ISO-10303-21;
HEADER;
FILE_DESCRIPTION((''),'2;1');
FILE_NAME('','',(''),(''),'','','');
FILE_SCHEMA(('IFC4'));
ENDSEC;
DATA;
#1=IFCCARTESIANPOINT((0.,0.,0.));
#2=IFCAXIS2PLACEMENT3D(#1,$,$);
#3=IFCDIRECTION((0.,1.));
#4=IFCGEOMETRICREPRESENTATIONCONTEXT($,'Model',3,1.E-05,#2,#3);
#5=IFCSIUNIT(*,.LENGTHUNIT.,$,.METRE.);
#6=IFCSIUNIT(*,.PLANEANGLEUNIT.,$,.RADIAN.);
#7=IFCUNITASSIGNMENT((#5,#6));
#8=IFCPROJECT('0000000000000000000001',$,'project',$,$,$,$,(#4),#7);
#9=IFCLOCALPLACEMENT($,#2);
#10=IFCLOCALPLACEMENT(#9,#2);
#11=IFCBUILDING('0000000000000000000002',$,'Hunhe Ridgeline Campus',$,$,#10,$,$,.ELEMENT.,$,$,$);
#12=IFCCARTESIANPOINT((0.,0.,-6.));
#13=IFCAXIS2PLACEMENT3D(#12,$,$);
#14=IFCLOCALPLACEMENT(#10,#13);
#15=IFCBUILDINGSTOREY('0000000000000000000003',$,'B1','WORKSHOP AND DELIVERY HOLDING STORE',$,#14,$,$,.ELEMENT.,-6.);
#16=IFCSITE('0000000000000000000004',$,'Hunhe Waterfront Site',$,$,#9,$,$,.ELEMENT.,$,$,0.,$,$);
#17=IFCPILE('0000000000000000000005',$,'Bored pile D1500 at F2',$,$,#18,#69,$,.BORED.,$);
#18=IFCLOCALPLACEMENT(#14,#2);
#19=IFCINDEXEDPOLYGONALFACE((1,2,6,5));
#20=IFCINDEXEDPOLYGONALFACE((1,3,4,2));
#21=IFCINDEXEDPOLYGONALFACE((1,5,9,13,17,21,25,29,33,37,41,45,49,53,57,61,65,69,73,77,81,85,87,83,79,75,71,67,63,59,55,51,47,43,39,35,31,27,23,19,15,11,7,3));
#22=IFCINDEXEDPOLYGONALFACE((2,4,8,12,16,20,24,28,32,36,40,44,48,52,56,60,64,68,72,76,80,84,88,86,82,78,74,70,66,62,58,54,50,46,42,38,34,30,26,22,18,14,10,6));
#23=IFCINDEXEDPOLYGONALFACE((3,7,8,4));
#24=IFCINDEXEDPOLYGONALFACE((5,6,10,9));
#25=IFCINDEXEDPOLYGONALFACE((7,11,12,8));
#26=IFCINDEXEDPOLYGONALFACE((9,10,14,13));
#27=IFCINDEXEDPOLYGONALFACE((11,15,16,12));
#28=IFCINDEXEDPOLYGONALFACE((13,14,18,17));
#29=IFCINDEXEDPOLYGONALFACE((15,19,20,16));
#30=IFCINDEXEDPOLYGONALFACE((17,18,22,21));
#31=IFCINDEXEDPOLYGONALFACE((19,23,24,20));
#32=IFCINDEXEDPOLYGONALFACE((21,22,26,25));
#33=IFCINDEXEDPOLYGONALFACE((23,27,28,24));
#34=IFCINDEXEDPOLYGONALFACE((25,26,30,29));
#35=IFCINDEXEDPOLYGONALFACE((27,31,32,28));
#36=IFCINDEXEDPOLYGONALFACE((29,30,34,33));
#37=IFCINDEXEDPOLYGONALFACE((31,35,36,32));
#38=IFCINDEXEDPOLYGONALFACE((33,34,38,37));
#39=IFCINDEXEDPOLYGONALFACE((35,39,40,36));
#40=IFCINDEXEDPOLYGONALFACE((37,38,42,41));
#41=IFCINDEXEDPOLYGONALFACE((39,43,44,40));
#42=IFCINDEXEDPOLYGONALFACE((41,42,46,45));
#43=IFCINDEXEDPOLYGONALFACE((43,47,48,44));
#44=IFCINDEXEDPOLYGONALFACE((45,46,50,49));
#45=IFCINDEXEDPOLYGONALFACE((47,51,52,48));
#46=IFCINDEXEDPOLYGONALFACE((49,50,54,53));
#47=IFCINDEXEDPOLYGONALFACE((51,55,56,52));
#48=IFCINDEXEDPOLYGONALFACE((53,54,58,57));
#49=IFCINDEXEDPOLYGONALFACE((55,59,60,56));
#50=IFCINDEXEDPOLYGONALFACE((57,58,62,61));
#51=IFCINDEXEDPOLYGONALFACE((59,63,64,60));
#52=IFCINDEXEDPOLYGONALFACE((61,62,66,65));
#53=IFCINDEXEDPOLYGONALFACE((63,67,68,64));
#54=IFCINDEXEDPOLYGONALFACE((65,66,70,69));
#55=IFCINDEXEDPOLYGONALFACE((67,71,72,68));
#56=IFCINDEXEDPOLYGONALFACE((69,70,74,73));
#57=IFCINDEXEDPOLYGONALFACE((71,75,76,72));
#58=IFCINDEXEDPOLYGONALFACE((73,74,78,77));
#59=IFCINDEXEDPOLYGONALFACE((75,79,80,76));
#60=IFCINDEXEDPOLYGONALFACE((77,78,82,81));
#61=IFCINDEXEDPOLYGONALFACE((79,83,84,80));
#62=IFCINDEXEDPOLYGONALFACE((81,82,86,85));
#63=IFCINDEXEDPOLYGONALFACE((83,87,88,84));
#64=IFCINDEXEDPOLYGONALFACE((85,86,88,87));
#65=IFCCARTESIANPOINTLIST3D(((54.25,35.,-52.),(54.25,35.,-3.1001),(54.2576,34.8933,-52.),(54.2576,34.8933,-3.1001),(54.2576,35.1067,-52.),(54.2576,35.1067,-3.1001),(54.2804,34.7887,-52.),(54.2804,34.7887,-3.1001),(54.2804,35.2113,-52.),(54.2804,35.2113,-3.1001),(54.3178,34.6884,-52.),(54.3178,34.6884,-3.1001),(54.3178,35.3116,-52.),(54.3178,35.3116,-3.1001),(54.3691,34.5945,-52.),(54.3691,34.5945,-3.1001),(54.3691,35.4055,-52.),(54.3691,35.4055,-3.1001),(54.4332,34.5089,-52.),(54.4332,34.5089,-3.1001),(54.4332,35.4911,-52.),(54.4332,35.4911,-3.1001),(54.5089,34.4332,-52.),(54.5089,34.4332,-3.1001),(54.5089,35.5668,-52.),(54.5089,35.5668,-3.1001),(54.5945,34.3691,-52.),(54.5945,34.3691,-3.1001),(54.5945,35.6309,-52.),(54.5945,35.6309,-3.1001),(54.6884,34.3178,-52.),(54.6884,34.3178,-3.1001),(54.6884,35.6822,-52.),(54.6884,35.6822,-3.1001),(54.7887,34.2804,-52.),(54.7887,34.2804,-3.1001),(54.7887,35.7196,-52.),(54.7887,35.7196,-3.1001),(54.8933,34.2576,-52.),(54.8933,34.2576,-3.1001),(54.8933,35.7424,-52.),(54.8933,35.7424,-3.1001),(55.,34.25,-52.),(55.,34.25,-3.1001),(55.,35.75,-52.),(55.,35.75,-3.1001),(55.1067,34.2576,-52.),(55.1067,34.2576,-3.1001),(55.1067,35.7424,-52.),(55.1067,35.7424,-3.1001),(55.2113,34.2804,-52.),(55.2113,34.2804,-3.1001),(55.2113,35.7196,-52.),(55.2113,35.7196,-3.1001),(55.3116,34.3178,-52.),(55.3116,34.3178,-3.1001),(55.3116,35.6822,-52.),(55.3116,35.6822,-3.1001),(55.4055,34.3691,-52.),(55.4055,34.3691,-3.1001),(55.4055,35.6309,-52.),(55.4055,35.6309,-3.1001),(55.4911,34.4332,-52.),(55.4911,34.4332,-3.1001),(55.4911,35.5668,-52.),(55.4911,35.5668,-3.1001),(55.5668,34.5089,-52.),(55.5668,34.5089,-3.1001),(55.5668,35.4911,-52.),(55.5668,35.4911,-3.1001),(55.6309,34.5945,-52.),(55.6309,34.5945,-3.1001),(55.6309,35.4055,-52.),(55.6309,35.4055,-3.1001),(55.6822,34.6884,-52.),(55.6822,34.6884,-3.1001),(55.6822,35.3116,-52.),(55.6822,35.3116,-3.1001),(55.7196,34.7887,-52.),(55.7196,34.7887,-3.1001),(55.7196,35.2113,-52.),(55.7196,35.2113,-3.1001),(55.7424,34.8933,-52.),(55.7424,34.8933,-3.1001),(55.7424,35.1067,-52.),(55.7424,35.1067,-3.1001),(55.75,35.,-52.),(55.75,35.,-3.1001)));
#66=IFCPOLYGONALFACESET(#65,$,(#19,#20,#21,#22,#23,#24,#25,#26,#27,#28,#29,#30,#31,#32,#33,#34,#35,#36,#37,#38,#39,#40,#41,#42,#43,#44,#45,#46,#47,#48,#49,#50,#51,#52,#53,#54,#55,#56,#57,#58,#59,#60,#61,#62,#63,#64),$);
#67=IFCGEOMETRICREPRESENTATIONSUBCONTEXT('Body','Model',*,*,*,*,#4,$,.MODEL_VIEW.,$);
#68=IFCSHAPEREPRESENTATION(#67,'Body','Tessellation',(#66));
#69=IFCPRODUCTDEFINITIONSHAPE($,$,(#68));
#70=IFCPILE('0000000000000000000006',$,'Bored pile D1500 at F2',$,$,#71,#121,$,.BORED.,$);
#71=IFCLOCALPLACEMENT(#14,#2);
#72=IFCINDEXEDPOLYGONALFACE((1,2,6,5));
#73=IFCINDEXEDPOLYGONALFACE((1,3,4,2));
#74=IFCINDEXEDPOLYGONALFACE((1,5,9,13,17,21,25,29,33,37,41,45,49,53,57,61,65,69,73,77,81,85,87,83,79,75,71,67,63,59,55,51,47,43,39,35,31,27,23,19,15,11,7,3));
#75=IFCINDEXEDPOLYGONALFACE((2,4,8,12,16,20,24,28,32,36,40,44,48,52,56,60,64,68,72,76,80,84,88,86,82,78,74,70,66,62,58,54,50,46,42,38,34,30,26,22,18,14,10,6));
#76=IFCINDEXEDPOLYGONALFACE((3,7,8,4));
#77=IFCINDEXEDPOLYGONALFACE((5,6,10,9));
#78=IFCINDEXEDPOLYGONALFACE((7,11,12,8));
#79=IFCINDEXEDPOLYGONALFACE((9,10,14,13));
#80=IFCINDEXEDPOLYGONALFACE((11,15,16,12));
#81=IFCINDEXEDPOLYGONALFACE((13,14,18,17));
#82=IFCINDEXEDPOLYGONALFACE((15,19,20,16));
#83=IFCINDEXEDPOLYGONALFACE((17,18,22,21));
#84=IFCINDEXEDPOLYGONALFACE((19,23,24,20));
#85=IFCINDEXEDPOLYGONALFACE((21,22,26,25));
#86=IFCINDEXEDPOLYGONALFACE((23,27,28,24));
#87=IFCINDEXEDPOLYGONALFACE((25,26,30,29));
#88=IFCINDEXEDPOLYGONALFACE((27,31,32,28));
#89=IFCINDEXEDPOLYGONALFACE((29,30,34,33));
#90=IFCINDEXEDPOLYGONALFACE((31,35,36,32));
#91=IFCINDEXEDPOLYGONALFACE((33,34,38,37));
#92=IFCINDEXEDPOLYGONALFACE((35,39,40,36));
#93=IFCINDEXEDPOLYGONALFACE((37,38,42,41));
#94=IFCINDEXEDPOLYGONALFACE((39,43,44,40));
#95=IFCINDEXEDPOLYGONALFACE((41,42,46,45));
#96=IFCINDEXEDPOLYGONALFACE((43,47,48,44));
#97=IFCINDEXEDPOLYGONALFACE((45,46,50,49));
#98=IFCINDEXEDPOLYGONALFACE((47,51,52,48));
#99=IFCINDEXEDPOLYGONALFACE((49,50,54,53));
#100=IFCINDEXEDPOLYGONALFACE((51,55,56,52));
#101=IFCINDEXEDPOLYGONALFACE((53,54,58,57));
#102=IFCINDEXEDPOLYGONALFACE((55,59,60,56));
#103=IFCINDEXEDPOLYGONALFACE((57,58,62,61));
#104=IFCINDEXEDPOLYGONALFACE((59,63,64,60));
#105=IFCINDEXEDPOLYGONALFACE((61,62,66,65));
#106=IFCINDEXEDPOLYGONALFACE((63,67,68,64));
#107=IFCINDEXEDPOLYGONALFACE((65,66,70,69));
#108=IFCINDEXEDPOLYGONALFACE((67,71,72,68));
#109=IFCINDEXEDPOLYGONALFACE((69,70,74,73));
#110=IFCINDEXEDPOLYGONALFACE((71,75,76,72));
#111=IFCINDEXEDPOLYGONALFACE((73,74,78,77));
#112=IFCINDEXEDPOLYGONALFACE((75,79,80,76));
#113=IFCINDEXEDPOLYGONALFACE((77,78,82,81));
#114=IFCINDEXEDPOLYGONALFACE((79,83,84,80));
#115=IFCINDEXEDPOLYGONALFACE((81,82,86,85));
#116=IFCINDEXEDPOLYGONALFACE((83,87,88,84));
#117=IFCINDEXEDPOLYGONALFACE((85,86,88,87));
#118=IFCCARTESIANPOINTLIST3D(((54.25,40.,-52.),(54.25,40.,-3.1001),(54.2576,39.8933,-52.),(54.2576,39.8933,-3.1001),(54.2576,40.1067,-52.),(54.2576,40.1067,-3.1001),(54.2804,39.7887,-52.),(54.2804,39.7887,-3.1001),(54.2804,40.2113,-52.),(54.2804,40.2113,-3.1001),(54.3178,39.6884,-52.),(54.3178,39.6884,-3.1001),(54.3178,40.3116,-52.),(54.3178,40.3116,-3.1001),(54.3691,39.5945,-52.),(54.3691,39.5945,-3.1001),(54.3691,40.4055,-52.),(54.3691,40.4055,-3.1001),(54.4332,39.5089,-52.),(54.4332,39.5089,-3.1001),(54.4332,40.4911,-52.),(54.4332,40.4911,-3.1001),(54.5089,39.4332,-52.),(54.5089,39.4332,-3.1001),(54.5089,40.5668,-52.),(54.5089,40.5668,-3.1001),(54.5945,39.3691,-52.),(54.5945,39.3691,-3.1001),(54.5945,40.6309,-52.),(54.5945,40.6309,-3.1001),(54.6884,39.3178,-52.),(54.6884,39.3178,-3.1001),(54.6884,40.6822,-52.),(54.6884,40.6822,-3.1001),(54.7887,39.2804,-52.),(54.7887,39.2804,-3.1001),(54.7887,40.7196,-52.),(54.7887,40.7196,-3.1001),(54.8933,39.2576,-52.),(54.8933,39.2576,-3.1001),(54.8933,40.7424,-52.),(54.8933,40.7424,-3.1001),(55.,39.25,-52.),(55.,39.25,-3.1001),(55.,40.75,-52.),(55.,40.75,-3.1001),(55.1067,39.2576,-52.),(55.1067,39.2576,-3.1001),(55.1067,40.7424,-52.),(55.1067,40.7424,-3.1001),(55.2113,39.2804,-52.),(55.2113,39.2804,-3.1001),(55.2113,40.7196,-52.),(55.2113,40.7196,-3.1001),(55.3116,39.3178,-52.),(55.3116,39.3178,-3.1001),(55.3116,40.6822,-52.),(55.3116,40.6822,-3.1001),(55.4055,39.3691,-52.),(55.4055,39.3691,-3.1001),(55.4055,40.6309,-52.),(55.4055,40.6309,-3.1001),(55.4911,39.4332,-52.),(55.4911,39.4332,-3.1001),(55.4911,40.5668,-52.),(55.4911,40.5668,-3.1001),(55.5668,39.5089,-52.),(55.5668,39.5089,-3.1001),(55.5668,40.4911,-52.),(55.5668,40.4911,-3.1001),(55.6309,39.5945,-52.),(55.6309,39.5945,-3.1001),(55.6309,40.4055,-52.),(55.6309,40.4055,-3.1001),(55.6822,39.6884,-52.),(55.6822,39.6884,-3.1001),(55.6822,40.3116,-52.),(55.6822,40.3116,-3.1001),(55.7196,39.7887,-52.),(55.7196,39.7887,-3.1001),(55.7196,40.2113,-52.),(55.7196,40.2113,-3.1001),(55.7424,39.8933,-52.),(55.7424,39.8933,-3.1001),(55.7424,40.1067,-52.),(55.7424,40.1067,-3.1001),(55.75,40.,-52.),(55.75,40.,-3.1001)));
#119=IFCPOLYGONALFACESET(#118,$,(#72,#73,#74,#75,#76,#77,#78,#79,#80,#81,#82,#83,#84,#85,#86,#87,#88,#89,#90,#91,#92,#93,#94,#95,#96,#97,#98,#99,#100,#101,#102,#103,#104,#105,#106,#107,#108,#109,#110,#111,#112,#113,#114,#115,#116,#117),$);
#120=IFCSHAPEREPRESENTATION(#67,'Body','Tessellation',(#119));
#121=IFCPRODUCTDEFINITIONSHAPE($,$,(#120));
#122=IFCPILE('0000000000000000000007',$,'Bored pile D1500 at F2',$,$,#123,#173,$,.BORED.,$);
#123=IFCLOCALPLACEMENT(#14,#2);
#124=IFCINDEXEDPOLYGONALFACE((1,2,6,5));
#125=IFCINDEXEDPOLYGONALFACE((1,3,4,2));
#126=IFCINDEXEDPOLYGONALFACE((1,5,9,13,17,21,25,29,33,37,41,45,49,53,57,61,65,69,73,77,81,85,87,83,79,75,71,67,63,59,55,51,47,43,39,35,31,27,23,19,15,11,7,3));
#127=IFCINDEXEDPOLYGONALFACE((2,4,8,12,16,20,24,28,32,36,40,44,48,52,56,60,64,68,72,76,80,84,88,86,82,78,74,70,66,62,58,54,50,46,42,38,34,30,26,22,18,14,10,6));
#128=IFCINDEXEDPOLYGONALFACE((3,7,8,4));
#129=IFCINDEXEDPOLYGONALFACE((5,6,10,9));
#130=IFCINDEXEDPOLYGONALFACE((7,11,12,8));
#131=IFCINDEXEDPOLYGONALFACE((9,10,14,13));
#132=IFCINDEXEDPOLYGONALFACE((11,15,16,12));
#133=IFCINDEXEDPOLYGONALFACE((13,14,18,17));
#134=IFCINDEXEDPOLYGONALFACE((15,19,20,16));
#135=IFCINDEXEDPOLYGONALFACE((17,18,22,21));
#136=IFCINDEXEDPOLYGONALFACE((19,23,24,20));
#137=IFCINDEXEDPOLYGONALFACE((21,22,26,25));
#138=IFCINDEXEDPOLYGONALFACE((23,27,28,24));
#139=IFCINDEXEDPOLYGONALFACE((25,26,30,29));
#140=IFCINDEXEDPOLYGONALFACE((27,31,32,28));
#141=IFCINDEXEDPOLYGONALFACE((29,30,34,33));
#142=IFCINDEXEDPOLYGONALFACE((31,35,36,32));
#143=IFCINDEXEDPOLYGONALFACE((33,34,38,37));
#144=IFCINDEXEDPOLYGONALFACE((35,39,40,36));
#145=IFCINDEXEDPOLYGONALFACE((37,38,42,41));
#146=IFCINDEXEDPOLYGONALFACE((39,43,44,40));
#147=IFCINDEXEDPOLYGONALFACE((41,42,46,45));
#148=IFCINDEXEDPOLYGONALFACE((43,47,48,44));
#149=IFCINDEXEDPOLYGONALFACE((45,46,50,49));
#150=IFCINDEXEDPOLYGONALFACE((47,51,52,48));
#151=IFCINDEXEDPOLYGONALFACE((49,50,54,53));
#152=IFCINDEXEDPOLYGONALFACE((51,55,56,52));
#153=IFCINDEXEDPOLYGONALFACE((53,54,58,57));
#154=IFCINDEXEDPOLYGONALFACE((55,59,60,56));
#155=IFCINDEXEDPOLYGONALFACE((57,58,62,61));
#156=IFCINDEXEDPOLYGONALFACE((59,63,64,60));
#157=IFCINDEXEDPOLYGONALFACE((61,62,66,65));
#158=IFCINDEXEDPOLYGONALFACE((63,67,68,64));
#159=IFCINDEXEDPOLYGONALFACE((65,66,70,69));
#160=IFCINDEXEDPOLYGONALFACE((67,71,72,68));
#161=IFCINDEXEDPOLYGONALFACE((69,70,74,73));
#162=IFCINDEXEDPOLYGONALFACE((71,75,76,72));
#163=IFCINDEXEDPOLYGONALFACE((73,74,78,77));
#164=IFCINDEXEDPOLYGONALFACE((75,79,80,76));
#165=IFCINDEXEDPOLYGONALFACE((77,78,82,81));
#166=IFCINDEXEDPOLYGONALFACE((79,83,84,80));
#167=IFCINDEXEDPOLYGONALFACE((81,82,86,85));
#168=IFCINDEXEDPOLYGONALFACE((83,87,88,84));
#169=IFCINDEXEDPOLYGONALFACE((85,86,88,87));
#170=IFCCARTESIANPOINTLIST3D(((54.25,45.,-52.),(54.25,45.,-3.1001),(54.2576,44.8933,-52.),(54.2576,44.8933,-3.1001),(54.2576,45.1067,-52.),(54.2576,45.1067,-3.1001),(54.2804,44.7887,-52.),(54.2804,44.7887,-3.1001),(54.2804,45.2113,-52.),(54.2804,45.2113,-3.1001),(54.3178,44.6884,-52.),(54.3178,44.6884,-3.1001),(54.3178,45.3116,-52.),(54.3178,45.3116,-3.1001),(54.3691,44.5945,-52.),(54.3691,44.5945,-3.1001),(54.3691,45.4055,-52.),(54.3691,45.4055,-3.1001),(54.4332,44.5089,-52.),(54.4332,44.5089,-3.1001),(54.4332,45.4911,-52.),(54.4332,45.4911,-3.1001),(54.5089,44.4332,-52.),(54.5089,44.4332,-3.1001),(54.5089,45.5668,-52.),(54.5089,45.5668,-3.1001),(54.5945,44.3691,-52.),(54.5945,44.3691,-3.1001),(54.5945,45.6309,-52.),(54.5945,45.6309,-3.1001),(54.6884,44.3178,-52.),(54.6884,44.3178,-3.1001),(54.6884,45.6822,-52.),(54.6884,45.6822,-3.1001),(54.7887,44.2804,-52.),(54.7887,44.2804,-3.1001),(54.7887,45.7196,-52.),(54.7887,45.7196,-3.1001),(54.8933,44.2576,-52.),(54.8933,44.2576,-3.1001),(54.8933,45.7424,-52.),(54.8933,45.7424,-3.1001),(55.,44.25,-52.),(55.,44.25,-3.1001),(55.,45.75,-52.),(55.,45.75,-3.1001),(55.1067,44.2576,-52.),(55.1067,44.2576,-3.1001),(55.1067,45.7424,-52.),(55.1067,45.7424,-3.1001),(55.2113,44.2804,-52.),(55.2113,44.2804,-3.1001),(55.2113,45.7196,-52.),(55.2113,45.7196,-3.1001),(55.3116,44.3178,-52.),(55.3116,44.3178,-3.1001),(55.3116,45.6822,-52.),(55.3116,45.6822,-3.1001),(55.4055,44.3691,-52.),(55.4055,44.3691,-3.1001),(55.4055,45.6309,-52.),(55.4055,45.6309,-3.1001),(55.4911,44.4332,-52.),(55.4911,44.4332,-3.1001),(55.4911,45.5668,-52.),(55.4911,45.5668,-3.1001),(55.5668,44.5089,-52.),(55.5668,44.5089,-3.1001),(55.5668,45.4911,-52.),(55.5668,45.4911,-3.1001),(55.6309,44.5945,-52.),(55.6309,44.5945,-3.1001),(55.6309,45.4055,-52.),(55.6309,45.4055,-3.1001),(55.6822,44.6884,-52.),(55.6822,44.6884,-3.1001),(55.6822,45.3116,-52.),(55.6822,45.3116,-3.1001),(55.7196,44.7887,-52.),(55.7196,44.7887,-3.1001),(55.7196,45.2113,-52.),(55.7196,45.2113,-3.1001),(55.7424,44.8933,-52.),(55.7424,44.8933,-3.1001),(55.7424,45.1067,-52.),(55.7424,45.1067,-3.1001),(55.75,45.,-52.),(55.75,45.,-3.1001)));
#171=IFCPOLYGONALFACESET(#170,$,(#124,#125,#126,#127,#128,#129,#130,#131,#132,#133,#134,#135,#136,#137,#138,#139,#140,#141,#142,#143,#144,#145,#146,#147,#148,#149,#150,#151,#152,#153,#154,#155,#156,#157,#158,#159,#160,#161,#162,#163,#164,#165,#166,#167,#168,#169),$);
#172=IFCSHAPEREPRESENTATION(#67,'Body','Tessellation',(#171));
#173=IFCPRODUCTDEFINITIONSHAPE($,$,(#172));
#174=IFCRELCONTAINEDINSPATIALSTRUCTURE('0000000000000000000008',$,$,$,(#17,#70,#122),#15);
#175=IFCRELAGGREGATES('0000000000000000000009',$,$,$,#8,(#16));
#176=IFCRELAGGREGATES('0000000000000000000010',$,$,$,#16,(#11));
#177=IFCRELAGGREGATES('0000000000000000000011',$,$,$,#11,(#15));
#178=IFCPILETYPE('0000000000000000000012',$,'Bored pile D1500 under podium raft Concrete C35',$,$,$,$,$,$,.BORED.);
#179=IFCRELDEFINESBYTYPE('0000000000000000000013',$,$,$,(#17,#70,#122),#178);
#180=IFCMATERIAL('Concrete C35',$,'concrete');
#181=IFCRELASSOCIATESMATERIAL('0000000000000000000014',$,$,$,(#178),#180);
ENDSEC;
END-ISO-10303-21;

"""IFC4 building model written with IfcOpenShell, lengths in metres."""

from ifc_helpers import new_model, si_unit, direction, frame, origin, origin_2d, place, context, subcontext, project, spatial, circle, extrude, material, material_profile, profile_set, type_object, element, save


model = new_model("IFC4")

# Units and contexts
model_context = context("Model", 3, precision=1e-05, world=origin(), true_north=direction((0.0, 1.0)))
body_context = subcontext(model_context, "Body", "Model", "MODEL_VIEW")
ifc_project = project(units=[si_unit("LENGTHUNIT", "METRE"), si_unit("PLANEANGLEUNIT", "RADIAN")], contexts=[model_context])

# Site, building, storey
site_placement = place(None, origin())
site = spatial("IfcSite", under=ifc_project, at=site_placement, Name="Hunhe Waterfront Site", CompositionType="ELEMENT", RefElevation=0.0)
building_placement = place(site_placement, origin())
building = spatial("IfcBuilding", under=site, at=building_placement, Name="Hunhe Ridgeline Campus", CompositionType="ELEMENT")
storey_placement = place(building_placement, frame((0.0, 0.0, -6.0)))
storey = spatial("IfcBuildingStorey", under=building, at=storey_placement, Name="B1", Description="WORKSHOP AND DELIVERY HOLDING STORE", CompositionType="ELEMENT", Elevation=-6.0)

# Piles
ifc_material_1 = material(Name="Concrete C35", Category="concrete")
ifc_material_profile_1 = material_profile(ifc_material_1, circle(Radius=0.75, at=origin_2d()))
ifc_profile_set_1 = profile_set([ifc_material_profile_1], Name="Concrete C35")
pile_type_1 = type_object("IfcPileType", Name="Bored pile D1500 under podium raft Concrete C35", PredefinedType="BORED", material=ifc_profile_set_1)
for number, where, z_axis, x_axis, name in (
    (1, (55.0, 35.0, -3.1001), (0.0, 0.0, -1.0), (1.0, 0.0, 0.0), "Bored pile D1500 at F2"),
    (2, (55.0, 40.0, -3.1001), (0.0, 0.0, -1.0), (1.0, 0.0, 0.0), "Bored pile D1500 at F2"),
    (3, (55.0, 45.0, -3.1001), (0.0, 0.0, -1.0), (1.0, 0.0, 0.0), "Bored pile D1500 at F2"),
):
    element("IfcPile", number, at=place(storey_placement, frame(where, z_axis=z_axis, x_axis=x_axis)), inside=storey, type_object=pile_type_1, Name=name, PredefinedType="BORED", context=body_context, shape_type="SweptSolid", body=[
        extrude(circle(Radius=0.75, at=origin_2d()), origin(), (0.0, 0.0, 1.0), 48.8999),
    ])

save(model, "model.ifc")
